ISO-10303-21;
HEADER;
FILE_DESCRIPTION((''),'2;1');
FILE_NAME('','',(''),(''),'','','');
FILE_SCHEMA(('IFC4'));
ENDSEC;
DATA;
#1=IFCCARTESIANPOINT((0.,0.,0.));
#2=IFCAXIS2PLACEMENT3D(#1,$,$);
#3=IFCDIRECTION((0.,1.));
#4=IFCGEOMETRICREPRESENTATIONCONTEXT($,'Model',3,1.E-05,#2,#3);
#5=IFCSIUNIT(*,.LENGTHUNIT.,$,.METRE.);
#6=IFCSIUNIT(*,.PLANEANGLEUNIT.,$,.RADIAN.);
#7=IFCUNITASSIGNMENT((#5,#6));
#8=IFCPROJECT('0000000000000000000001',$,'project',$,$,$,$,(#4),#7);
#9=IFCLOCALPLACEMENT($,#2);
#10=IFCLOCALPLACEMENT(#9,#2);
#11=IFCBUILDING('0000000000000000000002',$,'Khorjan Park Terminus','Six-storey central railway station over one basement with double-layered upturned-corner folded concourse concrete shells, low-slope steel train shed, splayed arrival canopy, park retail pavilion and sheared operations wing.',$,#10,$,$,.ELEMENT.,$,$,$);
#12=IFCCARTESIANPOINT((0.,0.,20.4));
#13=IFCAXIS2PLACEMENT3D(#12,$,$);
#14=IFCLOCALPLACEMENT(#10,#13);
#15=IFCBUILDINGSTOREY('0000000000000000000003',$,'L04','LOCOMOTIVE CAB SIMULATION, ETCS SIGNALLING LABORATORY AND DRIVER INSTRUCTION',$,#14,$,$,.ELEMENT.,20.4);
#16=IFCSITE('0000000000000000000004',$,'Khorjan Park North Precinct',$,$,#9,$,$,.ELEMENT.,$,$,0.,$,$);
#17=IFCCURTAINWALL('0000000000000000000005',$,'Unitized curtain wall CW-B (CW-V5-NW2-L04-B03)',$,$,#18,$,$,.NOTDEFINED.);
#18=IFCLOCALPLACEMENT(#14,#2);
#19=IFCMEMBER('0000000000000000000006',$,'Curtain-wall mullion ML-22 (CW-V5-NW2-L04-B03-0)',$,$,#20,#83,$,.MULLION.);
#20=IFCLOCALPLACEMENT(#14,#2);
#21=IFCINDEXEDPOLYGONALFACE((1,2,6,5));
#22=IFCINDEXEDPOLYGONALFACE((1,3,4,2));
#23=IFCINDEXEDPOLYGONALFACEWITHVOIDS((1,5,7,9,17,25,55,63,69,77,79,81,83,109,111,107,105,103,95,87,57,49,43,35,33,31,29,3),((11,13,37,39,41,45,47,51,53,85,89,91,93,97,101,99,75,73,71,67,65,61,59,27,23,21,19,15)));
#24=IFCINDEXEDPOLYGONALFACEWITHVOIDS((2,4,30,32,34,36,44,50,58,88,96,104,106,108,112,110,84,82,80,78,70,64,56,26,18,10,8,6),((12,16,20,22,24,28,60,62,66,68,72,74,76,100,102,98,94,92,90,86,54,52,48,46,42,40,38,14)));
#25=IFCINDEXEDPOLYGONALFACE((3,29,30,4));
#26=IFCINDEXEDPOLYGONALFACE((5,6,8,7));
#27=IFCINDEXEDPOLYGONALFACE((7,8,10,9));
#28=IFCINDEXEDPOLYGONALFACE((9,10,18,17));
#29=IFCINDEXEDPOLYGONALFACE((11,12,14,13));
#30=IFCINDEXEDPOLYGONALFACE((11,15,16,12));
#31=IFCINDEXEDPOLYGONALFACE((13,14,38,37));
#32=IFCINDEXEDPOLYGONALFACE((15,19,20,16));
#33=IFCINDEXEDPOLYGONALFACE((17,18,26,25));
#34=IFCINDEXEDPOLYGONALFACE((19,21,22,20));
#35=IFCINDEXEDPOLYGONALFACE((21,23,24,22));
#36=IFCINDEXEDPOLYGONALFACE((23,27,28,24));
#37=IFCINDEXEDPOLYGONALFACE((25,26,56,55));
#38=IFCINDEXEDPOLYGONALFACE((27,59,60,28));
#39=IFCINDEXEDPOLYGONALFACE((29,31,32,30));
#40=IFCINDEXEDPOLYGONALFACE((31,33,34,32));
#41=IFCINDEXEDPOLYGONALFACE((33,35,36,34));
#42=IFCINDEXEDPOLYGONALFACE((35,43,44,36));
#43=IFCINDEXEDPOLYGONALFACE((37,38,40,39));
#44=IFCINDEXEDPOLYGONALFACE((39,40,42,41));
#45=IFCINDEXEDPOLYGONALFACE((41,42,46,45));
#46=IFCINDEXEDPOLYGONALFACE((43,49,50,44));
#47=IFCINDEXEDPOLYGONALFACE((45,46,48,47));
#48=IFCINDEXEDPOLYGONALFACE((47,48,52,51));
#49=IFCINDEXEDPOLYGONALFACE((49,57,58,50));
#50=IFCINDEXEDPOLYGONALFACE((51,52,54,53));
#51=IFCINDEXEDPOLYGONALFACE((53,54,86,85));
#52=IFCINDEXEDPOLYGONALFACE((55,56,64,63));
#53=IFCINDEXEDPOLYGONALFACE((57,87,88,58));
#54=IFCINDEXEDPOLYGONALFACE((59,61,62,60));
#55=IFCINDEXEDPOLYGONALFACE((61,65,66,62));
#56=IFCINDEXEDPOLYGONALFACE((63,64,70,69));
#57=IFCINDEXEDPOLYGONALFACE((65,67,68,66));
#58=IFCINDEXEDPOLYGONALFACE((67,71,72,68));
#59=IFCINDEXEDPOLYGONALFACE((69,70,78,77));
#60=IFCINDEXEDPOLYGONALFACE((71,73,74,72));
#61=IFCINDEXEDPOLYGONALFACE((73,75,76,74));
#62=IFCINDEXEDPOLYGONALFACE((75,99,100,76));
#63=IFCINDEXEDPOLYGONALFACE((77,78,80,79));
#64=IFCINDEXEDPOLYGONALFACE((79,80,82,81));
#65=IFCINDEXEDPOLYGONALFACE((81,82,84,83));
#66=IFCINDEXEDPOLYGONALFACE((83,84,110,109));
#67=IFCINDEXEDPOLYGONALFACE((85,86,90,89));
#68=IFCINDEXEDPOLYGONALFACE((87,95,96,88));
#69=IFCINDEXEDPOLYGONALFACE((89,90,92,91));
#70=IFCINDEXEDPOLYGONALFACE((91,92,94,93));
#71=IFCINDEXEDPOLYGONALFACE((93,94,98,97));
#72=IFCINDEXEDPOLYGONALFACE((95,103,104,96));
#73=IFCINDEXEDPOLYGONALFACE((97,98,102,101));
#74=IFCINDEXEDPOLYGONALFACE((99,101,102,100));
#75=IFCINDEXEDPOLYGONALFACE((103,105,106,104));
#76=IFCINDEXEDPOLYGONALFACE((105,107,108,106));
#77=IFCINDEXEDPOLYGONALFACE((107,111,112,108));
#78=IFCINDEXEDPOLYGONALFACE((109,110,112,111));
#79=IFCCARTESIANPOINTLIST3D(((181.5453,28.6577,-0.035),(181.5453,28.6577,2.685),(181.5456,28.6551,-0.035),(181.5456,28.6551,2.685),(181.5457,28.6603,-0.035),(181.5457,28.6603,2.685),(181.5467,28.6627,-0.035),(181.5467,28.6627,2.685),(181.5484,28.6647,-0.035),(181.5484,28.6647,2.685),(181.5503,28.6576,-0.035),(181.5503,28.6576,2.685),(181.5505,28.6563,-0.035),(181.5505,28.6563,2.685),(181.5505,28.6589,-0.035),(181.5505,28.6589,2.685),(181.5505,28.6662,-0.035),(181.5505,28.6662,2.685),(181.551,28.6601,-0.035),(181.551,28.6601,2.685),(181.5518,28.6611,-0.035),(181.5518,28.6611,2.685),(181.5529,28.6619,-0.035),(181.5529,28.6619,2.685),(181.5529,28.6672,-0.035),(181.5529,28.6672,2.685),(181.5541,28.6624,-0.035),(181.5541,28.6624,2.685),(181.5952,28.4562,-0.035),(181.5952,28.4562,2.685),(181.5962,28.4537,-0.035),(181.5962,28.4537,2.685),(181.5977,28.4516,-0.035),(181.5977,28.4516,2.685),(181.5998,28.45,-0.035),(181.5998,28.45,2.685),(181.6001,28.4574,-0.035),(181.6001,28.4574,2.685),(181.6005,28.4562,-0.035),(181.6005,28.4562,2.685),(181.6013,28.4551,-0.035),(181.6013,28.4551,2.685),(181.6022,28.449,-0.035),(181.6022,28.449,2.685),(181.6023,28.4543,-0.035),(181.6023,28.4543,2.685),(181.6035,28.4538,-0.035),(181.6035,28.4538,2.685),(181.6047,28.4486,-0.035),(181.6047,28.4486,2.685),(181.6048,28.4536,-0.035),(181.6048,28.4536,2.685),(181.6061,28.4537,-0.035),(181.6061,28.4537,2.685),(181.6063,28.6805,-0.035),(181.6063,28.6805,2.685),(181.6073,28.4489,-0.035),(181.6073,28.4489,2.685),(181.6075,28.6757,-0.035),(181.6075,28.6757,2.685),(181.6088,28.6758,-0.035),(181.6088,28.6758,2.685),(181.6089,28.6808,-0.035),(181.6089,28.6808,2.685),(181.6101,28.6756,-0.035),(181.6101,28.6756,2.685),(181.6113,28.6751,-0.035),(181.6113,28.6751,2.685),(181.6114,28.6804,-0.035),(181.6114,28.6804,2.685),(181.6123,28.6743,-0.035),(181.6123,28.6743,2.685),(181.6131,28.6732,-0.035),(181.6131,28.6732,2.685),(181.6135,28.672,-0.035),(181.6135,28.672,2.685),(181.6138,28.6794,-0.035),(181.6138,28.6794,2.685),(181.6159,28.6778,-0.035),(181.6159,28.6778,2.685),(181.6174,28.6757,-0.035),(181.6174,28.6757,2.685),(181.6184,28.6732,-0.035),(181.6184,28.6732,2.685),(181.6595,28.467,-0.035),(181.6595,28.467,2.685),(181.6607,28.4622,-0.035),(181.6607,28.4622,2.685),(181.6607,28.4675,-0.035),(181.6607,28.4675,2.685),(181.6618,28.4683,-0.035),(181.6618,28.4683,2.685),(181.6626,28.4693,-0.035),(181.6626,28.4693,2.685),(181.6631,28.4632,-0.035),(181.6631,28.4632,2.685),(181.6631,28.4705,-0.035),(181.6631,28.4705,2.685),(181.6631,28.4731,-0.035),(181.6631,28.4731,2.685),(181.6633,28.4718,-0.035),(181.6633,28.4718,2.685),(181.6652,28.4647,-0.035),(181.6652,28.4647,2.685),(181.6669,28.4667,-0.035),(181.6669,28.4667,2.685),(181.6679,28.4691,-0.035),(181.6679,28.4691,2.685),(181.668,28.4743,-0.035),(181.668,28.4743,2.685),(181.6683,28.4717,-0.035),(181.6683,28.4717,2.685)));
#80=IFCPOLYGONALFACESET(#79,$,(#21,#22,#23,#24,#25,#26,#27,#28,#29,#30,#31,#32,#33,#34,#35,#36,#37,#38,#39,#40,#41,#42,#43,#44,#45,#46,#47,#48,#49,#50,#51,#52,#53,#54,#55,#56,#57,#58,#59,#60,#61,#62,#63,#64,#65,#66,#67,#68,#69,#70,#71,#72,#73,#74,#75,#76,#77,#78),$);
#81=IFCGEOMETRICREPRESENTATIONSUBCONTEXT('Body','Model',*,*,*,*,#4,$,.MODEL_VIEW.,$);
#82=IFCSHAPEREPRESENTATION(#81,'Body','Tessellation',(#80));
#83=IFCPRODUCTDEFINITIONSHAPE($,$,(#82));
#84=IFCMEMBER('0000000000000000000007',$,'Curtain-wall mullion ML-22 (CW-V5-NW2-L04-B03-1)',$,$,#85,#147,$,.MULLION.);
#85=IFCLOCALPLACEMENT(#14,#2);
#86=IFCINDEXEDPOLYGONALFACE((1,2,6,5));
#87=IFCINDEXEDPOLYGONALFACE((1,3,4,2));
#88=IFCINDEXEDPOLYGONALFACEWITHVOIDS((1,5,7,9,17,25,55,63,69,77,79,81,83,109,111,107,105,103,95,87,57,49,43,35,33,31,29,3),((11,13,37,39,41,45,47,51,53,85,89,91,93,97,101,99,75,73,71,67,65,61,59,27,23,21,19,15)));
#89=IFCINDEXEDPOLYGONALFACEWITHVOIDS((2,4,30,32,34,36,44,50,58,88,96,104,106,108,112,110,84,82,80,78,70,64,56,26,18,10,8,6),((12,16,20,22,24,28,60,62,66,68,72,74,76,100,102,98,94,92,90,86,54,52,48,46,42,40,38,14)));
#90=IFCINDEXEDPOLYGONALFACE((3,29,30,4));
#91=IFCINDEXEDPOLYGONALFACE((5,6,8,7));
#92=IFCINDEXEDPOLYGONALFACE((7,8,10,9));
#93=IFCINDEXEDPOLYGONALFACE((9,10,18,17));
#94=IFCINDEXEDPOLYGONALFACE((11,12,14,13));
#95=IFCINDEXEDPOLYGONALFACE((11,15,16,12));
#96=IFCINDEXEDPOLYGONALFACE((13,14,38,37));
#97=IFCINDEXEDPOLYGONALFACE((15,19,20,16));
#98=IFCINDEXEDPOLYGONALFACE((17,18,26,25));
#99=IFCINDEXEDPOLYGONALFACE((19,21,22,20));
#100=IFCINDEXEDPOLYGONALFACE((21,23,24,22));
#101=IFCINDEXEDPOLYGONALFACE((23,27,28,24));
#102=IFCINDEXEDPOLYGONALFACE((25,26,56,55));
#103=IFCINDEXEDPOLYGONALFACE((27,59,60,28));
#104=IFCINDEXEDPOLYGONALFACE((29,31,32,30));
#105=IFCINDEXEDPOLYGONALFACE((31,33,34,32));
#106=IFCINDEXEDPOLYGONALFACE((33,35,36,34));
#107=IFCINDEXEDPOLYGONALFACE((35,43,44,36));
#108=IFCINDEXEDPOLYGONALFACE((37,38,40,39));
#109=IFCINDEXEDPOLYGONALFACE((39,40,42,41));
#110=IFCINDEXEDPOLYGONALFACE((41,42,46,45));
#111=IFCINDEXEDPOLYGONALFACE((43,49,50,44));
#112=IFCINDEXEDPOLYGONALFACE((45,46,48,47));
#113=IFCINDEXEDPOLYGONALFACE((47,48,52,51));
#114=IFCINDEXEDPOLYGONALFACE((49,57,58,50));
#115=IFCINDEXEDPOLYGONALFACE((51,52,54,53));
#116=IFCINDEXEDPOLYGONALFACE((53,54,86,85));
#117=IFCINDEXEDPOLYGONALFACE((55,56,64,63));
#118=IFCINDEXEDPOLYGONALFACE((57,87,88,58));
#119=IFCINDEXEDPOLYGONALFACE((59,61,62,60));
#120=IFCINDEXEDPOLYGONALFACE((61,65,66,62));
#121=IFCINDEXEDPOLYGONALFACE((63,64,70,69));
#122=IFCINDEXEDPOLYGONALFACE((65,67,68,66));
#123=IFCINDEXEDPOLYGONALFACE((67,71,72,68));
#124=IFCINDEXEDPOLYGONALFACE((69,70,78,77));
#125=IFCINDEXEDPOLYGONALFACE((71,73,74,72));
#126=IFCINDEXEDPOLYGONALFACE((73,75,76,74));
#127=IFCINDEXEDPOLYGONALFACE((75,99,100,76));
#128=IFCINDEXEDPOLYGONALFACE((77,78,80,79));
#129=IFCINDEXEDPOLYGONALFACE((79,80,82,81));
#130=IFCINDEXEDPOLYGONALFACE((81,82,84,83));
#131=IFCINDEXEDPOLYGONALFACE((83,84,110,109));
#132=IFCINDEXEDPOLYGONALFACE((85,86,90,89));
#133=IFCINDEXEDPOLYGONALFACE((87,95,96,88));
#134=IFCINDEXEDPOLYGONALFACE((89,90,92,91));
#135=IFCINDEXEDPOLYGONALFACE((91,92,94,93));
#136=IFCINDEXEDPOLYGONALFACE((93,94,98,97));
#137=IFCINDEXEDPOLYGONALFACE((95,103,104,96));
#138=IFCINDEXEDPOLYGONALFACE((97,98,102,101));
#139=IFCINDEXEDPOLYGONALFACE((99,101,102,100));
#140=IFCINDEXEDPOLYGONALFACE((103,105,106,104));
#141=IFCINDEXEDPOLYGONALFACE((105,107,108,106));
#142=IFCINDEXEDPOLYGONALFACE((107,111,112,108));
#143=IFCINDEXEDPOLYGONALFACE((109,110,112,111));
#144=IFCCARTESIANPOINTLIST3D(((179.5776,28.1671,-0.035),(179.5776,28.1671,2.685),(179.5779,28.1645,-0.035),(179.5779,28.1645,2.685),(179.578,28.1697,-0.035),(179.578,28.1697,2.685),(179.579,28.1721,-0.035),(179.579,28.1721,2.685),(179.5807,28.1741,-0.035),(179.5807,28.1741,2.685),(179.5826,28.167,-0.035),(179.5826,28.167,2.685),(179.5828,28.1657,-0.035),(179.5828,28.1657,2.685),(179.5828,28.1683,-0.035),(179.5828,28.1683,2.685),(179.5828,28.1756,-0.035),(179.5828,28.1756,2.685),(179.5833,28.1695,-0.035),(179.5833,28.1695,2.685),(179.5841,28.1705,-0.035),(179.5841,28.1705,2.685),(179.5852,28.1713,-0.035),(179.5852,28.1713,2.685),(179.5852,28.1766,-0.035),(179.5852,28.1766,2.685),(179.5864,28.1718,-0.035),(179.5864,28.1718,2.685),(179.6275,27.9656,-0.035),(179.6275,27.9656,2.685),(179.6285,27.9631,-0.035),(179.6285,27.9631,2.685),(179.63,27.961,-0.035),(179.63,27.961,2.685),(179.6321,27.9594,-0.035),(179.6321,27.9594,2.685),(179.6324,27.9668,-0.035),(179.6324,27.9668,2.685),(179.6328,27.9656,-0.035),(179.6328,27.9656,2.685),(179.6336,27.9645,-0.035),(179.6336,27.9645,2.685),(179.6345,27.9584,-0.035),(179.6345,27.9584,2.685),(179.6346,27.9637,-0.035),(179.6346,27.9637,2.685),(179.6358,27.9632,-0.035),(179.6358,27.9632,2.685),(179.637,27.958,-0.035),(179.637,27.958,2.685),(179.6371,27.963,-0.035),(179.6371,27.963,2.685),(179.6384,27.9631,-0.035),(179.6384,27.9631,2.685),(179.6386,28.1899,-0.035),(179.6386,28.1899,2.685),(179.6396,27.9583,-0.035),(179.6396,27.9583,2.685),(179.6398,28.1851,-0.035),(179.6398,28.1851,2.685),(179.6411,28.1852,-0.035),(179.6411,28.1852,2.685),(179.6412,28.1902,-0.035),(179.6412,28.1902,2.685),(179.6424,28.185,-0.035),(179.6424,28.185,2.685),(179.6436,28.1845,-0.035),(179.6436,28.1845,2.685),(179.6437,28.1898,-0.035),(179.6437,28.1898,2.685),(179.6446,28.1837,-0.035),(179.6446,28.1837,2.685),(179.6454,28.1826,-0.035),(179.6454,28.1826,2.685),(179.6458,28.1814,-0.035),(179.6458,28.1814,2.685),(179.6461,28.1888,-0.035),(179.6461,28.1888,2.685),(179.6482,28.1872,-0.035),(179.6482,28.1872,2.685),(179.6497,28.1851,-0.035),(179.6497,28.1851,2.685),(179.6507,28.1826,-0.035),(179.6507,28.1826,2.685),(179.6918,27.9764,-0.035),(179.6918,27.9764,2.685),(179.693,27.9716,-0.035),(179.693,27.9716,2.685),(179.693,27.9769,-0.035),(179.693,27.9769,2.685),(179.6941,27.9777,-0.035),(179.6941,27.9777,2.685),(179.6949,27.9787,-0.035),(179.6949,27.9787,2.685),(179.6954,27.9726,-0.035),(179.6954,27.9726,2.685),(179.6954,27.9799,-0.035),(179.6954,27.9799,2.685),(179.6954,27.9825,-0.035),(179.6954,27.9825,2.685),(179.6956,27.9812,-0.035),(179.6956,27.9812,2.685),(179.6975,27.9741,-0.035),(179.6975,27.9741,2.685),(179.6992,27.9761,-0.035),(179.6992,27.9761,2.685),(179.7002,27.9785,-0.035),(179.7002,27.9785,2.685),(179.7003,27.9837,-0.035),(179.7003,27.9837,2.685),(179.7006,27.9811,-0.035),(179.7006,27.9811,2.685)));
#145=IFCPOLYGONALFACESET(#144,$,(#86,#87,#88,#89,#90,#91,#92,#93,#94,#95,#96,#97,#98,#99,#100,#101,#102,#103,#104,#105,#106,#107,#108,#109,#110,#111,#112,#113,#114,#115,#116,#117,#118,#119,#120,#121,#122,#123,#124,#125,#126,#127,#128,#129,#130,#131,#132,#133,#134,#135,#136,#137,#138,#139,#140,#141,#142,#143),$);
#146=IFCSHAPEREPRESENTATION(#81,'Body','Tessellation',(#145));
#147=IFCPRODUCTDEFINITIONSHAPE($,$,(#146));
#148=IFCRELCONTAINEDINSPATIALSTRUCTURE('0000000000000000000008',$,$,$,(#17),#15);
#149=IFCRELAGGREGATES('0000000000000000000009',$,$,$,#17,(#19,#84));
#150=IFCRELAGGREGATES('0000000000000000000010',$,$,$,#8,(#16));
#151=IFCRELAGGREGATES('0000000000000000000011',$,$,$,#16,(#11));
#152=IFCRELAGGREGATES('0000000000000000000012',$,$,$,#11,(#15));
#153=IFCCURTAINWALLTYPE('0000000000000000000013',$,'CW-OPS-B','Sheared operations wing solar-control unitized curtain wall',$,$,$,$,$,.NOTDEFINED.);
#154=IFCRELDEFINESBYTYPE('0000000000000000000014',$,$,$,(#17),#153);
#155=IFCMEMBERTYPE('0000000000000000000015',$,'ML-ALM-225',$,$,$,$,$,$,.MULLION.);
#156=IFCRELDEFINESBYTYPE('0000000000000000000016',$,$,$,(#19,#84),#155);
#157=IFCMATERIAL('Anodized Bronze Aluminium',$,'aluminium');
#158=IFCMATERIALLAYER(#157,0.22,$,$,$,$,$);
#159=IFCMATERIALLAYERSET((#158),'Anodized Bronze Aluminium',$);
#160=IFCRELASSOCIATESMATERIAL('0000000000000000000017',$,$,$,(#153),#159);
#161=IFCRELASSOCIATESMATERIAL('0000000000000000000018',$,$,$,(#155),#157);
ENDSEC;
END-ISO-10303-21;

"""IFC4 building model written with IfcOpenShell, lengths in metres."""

from ifc_helpers import new_model, si_unit, direction, frame, origin, origin_2d, place, context, subcontext, project, spatial, hollow_rectangle, extrude, material, layer, layer_set, material_profile, profile_set, type_object, element, aggregate, save


model = new_model("IFC4")

# Units and contexts
model_context = context("Model", 3, precision=1e-05, world=origin(), true_north=direction((0.0, 1.0)))
body_context = subcontext(model_context, "Body", "Model", "MODEL_VIEW")
ifc_project = project(units=[si_unit("LENGTHUNIT", "METRE"), si_unit("PLANEANGLEUNIT", "RADIAN")], contexts=[model_context])

# Site, building, storey
site_placement = place(None, origin())
site = spatial("IfcSite", under=ifc_project, at=site_placement, Name="Khorjan Park North Precinct", CompositionType="ELEMENT", RefElevation=0.0)
building_placement = place(site_placement, origin())
building = spatial("IfcBuilding", under=site, at=building_placement, Name="Khorjan Park Terminus", Description="Six-storey central railway station over one basement with double-layered upturned-corner folded concourse concrete shells, low-slope steel train shed, splayed arrival canopy, park retail pavilion and sheared operations wing.", CompositionType="ELEMENT")
storey_placement = place(building_placement, frame((0.0, 0.0, 20.4)))
storey = spatial("IfcBuildingStorey", under=building, at=storey_placement, Name="L04", Description="LOCOMOTIVE CAB SIMULATION, ETCS SIGNALLING LABORATORY AND DRIVER INSTRUCTION", CompositionType="ELEMENT", Elevation=20.4)

# Curtain wall, members
ifc_material_1 = material(Name="Anodized Bronze Aluminium", Category="aluminium")
ifc_layer_1 = layer(ifc_material_1, 0.22)
ifc_layer_set_1 = layer_set([ifc_layer_1], Name="Anodized Bronze Aluminium")
curtain_wall_type = type_object("IfcCurtainWallType", Name="CW-OPS-B", Description="Sheared operations wing solar-control unitized curtain wall", PredefinedType="NOTDEFINED", material=ifc_layer_set_1)
curtain_wall_placement = place(storey_placement, origin())
curtain_wall = element("IfcCurtainWall", 1, at=curtain_wall_placement, inside=storey, type_object=curtain_wall_type, Name="Unitized curtain wall CW-B (CW-V5-NW2-L04-B03)", PredefinedType="NOTDEFINED")
ifc_material_profile_1 = material_profile(ifc_material_1, hollow_rectangle(XDim=0.075, YDim=0.225, WallThickness=0.005, InnerFilletRadius=0.005, OuterFilletRadius=0.01, at=origin_2d()), Name="ALM 75x225x5")
ifc_profile_set_1 = profile_set([ifc_material_profile_1], Name="Anodized Bronze Aluminium")
member_type_1 = type_object("IfcMemberType", Name="ML-ALM-225", PredefinedType="MULLION", material=ifc_profile_set_1)
member_1_placement = place(storey_placement, frame((181.6068, 28.5647, -0.035), z_axis=(0.0, 0.0, 1.0), x_axis=(-0.970296, -0.241921, 0.0)))
member_1 = element("IfcMember", 2, at=member_1_placement, type_object=member_type_1, Name="Curtain-wall mullion ML-22 (CW-V5-NW2-L04-B03-0)", PredefinedType="MULLION", context=body_context, shape_type="SweptSolid", body=[
    extrude(hollow_rectangle(XDim=0.075, YDim=0.225, WallThickness=0.005, InnerFilletRadius=0.005, OuterFilletRadius=0.01, at=origin_2d()), origin(), (0.0, 0.0, 1.0), 2.72),
])
member_2_placement = place(storey_placement, frame((179.6391, 28.0741, -0.035), z_axis=(0.0, 0.0, 1.0), x_axis=(-0.970296, -0.241921, 0.0)))
member_2 = element("IfcMember", 3, at=member_2_placement, type_object=member_type_1, Name="Curtain-wall mullion ML-22 (CW-V5-NW2-L04-B03-1)", PredefinedType="MULLION", context=body_context, shape_type="SweptSolid", body=[
    extrude(hollow_rectangle(XDim=0.075, YDim=0.225, WallThickness=0.005, InnerFilletRadius=0.005, OuterFilletRadius=0.01, at=origin_2d()), origin(), (0.0, 0.0, 1.0), 2.72),
])
aggregate(curtain_wall, [member_1, member_2])

save(model, "model.ifc")
